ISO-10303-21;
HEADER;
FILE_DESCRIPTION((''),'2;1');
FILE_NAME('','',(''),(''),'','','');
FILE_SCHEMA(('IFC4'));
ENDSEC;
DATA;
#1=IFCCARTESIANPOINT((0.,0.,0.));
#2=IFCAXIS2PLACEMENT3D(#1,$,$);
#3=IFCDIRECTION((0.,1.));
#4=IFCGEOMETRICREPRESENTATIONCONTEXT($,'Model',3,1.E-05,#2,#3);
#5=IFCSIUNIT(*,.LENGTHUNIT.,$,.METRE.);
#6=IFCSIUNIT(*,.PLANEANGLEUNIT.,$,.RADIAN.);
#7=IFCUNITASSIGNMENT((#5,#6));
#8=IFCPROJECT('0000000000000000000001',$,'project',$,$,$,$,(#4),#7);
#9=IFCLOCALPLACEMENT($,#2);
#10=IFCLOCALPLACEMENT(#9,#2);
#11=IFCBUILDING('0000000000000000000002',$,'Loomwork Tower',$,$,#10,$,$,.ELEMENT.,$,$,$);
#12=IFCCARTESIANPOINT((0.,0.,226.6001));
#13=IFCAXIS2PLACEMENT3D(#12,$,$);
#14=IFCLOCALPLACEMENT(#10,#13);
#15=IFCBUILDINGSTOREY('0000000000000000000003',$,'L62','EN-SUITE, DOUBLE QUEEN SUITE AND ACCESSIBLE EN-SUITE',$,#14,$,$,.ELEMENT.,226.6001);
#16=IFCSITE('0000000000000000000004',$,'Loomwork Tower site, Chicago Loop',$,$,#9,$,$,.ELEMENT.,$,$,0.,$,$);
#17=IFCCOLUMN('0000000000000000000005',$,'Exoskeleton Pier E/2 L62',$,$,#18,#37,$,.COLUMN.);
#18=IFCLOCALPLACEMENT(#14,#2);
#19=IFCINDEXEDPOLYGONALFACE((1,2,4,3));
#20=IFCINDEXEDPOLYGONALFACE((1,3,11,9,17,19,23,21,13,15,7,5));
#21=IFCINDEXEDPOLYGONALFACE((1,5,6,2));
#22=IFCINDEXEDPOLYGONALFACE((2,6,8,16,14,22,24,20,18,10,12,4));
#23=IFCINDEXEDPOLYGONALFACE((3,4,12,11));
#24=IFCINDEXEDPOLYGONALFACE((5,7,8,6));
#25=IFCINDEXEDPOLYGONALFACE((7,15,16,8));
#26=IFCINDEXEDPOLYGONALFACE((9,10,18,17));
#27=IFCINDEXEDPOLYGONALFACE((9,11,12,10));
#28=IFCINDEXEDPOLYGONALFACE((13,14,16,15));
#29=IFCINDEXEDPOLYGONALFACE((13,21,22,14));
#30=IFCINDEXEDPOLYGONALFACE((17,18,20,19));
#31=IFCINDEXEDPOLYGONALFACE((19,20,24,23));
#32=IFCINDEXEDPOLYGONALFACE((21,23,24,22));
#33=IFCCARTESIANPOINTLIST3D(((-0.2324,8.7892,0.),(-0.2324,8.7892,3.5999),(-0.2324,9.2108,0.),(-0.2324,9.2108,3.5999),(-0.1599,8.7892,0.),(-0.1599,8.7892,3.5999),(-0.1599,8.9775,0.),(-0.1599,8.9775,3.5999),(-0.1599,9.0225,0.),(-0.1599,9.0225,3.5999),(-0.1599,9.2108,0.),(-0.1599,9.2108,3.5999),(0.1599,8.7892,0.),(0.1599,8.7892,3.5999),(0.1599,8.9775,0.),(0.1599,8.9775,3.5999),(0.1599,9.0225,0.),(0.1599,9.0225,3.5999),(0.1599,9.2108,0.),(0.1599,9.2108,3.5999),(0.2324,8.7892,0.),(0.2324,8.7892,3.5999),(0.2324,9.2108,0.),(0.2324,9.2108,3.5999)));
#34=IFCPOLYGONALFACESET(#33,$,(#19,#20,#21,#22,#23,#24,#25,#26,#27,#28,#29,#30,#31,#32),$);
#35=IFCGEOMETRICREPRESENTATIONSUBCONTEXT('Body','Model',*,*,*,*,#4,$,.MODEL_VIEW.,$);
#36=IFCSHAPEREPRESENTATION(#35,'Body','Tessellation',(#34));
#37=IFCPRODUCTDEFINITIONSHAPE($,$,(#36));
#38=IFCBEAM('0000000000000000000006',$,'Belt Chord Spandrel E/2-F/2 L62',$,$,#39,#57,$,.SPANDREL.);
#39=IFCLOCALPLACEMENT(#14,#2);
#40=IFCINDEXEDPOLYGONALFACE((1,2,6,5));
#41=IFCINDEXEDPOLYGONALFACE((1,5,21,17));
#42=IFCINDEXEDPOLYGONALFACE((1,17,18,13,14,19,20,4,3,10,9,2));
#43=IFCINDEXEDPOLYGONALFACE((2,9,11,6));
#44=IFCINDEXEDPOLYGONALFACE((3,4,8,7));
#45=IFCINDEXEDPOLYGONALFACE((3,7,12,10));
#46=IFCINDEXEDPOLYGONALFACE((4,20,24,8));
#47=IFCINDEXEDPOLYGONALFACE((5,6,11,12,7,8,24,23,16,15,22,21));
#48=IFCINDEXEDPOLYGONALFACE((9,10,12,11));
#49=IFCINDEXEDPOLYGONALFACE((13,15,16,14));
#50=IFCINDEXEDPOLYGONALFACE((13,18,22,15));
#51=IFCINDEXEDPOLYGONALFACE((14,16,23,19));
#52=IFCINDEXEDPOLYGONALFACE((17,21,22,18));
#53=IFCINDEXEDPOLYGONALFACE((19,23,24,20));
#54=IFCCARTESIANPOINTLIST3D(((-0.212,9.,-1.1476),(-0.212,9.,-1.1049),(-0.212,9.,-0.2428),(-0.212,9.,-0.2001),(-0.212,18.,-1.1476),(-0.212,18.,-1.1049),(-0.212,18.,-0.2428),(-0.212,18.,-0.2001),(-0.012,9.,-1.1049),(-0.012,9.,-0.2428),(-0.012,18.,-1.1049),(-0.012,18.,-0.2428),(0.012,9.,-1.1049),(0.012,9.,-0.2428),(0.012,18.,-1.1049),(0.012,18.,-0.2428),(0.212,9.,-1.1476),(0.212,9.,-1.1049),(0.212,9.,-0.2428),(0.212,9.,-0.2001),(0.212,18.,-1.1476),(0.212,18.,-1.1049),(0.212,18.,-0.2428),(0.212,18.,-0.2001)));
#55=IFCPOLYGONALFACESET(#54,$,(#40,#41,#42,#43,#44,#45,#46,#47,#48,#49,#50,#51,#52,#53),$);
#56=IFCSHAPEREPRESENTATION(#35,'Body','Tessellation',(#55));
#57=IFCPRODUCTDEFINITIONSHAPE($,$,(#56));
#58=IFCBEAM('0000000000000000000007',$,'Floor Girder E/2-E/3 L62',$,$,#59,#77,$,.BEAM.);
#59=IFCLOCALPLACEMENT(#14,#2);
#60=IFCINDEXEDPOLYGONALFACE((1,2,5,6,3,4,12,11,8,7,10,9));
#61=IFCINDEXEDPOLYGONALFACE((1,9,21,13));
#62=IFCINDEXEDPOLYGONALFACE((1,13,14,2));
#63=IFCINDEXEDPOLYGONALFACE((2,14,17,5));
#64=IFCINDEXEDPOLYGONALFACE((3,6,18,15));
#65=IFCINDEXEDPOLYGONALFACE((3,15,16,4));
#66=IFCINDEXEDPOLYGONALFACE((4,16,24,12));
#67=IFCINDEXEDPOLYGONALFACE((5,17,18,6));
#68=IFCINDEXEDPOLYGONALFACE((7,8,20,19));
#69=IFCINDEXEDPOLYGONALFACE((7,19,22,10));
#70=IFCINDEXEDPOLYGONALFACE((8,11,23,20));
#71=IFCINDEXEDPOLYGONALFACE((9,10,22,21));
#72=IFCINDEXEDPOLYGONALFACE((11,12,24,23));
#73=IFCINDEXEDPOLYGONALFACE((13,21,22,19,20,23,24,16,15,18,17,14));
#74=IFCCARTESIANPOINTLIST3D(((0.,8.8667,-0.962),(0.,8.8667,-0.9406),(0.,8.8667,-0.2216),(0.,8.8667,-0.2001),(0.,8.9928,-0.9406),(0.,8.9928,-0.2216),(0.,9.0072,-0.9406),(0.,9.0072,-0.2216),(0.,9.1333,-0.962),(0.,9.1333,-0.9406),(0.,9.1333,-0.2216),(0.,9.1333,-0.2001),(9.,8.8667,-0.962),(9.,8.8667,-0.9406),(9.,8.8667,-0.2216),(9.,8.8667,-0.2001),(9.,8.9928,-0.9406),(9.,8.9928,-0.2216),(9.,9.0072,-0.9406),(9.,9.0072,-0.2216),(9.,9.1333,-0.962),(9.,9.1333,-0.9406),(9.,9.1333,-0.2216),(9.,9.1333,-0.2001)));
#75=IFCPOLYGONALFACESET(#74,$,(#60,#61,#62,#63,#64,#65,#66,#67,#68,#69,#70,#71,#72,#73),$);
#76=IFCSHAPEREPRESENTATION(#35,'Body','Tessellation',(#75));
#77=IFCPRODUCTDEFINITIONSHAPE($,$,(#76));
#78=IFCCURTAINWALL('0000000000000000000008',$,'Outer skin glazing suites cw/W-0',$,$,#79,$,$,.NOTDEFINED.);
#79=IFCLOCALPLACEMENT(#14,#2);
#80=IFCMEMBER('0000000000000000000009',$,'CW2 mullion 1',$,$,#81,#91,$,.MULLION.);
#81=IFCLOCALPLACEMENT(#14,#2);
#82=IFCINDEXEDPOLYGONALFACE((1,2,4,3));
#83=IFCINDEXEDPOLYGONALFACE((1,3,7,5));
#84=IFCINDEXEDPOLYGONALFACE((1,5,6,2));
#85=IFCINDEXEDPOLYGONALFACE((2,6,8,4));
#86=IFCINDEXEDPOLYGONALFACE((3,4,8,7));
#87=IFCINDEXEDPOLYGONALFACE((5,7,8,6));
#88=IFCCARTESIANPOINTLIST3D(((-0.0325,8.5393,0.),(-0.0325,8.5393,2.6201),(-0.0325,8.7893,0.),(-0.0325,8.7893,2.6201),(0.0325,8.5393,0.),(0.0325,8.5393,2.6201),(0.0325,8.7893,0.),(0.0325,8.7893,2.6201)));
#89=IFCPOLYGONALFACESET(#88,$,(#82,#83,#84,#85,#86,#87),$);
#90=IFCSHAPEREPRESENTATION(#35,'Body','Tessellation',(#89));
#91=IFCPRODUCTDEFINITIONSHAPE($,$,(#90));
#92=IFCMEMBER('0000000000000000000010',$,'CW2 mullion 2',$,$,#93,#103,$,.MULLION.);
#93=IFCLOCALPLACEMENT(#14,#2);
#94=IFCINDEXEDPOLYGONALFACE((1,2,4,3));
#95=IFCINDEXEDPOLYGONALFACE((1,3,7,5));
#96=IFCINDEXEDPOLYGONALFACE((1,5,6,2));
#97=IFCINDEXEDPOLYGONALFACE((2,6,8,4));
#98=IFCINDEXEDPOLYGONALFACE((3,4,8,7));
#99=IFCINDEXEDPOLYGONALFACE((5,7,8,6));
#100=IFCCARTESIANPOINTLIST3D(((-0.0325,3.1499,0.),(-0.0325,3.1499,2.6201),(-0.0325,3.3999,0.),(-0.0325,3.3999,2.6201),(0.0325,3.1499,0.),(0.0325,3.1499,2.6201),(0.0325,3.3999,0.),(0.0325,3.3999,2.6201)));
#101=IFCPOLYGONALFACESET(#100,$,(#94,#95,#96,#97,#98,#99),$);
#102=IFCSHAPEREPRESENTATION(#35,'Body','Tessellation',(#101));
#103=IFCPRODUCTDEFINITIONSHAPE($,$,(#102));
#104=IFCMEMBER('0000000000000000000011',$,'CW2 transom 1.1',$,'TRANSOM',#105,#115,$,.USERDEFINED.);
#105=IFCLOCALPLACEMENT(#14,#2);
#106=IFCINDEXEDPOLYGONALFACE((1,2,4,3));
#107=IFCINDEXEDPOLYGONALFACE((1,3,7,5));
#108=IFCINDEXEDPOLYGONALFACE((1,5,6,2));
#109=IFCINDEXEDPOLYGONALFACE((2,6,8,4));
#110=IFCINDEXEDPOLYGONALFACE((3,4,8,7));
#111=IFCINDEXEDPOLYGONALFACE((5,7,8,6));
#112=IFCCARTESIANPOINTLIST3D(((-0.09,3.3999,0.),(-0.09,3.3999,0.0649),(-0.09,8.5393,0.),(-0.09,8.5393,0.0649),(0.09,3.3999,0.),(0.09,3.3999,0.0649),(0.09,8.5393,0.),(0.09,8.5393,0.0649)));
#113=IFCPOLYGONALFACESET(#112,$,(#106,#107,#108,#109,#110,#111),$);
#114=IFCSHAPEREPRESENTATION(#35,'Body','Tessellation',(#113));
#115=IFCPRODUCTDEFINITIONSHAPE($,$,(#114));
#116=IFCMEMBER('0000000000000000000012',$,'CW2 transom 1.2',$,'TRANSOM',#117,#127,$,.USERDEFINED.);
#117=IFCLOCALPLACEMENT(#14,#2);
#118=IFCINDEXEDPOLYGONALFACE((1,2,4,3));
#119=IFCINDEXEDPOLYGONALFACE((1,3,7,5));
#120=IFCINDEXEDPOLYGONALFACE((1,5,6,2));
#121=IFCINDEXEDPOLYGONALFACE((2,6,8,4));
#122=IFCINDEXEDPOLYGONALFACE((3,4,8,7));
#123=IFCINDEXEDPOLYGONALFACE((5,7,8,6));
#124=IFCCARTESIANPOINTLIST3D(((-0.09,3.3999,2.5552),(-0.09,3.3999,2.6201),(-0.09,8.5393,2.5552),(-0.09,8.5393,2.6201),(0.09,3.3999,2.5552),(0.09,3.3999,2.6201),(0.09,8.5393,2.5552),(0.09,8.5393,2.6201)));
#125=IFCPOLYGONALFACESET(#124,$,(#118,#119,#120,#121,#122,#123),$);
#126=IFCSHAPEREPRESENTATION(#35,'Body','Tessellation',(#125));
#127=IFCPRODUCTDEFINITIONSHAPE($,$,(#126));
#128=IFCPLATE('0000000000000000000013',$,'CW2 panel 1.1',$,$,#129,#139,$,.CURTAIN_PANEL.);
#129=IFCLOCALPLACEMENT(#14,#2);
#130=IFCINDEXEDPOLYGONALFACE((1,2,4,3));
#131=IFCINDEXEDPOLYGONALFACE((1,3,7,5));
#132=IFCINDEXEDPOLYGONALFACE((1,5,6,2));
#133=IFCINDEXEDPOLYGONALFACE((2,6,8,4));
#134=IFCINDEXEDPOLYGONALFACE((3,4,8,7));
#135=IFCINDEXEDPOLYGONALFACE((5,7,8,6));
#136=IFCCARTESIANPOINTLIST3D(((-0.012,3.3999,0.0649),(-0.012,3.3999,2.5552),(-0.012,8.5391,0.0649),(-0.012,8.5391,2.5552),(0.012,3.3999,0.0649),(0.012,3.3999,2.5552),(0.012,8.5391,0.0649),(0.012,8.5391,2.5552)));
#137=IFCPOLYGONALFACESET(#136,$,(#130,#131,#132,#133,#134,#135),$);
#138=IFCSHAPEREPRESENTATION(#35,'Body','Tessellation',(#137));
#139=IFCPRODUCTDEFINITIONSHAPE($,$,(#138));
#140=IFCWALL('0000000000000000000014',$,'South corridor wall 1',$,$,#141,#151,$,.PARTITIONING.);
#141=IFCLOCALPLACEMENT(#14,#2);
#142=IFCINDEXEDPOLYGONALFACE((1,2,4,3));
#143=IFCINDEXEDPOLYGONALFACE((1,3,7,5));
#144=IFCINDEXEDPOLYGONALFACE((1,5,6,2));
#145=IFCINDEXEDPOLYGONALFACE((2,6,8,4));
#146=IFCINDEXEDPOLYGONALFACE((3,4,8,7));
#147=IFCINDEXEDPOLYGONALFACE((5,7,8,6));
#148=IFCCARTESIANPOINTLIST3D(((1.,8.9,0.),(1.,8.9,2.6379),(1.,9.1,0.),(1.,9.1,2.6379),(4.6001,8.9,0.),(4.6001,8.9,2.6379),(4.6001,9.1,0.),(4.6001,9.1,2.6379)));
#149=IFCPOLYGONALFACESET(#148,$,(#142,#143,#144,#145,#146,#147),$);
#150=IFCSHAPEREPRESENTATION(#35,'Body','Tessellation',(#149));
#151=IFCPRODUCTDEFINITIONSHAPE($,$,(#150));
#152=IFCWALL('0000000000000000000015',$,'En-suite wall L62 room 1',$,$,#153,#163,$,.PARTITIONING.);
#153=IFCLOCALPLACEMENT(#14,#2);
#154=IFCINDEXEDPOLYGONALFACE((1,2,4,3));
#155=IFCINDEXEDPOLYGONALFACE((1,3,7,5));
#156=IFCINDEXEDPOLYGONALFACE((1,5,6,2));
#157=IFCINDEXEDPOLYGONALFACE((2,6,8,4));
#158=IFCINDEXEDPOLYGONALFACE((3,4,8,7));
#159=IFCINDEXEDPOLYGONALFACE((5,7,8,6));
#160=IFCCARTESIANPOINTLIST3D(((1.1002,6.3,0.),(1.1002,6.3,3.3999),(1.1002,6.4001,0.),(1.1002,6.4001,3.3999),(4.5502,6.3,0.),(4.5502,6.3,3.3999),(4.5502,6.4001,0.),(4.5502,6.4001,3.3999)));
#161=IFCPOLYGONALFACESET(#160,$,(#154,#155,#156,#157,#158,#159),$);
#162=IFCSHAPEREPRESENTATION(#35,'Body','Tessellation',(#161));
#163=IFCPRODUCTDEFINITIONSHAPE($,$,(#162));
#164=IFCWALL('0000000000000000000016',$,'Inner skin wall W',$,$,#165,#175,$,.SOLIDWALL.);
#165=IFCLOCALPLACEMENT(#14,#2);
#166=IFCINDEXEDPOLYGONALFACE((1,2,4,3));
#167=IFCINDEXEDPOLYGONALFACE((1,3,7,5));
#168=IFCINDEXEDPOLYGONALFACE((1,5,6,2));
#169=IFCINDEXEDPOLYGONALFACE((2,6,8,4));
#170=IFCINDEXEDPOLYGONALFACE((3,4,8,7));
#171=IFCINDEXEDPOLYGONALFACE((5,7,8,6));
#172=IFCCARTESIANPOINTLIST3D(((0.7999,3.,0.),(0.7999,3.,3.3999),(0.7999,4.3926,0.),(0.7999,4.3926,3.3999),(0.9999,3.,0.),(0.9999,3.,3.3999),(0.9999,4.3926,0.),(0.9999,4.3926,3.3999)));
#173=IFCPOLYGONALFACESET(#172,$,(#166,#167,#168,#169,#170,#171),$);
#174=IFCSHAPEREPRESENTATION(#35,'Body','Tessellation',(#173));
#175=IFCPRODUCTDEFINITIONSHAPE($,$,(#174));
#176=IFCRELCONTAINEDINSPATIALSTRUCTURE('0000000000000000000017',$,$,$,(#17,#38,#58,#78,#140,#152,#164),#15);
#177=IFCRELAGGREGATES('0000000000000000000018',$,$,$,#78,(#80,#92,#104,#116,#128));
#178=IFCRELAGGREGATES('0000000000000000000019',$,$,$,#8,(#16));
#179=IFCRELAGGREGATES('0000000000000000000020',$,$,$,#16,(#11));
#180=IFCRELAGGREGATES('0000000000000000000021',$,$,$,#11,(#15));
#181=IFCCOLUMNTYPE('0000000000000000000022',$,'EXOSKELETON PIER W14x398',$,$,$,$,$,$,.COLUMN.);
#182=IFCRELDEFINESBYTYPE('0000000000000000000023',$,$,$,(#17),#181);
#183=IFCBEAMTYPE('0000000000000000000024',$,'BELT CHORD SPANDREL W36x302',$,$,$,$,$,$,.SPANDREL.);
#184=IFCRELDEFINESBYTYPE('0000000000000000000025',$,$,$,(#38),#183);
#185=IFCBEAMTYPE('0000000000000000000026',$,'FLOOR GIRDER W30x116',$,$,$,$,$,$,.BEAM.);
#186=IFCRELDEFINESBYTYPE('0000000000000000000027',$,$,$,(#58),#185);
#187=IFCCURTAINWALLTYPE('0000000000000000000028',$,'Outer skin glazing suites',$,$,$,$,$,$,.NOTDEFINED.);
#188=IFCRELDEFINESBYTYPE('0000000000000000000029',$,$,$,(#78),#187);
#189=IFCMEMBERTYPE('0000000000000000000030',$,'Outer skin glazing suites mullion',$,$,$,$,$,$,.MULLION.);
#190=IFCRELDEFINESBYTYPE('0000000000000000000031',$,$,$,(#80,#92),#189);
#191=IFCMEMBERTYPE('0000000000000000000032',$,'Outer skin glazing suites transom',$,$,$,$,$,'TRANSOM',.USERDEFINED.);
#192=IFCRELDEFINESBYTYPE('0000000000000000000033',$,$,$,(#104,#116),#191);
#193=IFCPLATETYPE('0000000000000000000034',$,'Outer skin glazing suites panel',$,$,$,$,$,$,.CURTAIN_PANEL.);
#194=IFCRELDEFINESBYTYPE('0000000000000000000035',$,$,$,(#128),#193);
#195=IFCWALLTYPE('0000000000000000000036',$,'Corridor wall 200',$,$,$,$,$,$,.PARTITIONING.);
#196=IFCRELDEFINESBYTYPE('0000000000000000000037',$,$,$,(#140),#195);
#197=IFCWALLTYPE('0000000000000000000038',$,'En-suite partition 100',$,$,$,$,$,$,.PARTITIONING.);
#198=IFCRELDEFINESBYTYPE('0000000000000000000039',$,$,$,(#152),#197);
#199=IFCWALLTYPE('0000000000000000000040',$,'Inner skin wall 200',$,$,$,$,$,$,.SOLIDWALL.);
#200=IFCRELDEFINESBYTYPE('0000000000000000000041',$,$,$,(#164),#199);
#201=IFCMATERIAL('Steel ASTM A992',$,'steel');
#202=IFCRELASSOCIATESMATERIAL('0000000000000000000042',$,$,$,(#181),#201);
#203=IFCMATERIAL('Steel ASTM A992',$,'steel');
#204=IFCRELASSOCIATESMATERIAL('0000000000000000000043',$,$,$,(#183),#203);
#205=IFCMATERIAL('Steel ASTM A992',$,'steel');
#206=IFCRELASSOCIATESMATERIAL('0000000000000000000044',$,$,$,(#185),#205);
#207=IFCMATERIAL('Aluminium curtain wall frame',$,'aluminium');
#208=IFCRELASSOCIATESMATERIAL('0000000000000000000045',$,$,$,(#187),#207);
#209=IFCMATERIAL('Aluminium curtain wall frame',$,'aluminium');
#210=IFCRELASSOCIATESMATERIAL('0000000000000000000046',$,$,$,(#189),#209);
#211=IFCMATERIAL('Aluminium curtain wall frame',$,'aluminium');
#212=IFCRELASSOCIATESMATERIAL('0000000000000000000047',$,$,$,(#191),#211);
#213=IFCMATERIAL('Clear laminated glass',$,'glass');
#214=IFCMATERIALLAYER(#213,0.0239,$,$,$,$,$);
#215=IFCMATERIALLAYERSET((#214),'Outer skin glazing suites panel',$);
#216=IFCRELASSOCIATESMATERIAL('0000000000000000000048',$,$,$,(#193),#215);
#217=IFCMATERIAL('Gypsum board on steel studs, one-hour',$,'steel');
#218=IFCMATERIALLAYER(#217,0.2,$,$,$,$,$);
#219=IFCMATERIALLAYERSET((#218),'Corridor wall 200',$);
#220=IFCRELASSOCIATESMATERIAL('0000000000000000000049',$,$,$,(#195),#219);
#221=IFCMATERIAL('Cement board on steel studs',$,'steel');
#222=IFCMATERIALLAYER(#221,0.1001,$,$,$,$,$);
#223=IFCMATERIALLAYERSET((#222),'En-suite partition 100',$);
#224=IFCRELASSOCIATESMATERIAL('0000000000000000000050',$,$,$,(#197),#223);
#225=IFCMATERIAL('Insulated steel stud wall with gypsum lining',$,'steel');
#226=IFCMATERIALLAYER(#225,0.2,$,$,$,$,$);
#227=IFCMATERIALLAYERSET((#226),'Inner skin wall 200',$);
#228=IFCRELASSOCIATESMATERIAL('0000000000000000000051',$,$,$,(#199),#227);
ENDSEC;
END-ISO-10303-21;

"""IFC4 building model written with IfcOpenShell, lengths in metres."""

from ifc_helpers import new_model, si_unit, direction, frame, frame_2d, origin, origin_2d, place, context, subcontext, project, spatial, rectangle, i_section, extrude, material, layer, layer_set, material_profile, profile_set, type_object, element, aggregate, save


model = new_model("IFC4")

# Units and contexts
model_context = context("Model", 3, precision=1e-05, world=origin(), true_north=direction((0.0, 1.0)))
body_context = subcontext(model_context, "Body", "Model", "MODEL_VIEW")
ifc_project = project(units=[si_unit("LENGTHUNIT", "METRE"), si_unit("PLANEANGLEUNIT", "RADIAN")], contexts=[model_context])

# Site, building, storey
site_placement = place(None, origin())
site = spatial("IfcSite", under=ifc_project, at=site_placement, Name="Loomwork Tower site, Chicago Loop", CompositionType="ELEMENT", RefElevation=0.0)
building_placement = place(site_placement, origin())
building = spatial("IfcBuilding", under=site, at=building_placement, Name="Loomwork Tower", CompositionType="ELEMENT")
storey_placement = place(building_placement, frame((0.0, 0.0, 226.6001)))
storey = spatial("IfcBuildingStorey", under=building, at=storey_placement, Name="L62", Description="EN-SUITE, DOUBLE QUEEN SUITE AND ACCESSIBLE EN-SUITE", CompositionType="ELEMENT", Elevation=226.6001)

# Column
ifc_material_1 = material(Name="Steel ASTM A992", Category="steel")
ifc_material_profile_1 = material_profile(ifc_material_1, i_section(OverallWidth=0.4216, OverallDepth=0.4648, WebThickness=0.0449, FlangeThickness=0.0725, at=origin_2d()), Name="W14x398")
ifc_profile_set_1 = profile_set([ifc_material_profile_1], Name="Steel ASTM A992")
column_type = type_object("IfcColumnType", Name="EXOSKELETON PIER W14x398", PredefinedType="COLUMN", material=ifc_profile_set_1)
column_placement = place(storey_placement, frame((0.0, 9.0, 0.0), z_axis=(0.0, 0.0, 1.0), x_axis=(0.0, 1.0, 0.0)))
element("IfcColumn", 1, at=column_placement, inside=storey, type_object=column_type, Name="Exoskeleton Pier E/2 L62", PredefinedType="COLUMN", context=body_context, shape_type="SweptSolid", body=[
    extrude(i_section(OverallWidth=0.4216, OverallDepth=0.4648, WebThickness=0.0449, FlangeThickness=0.0725, at=origin_2d()), origin(), (0.0, 0.0, 1.0), 3.5999),
])

# Beams
ifc_material_2 = material(Name="Steel ASTM A992", Category="steel")
ifc_material_profile_2 = material_profile(ifc_material_2, i_section(OverallWidth=0.4241, OverallDepth=0.9475, WebThickness=0.0239, FlangeThickness=0.0427, at=origin_2d()), Name="W36x302")
ifc_profile_set_2 = profile_set([ifc_material_profile_2], Name="Steel ASTM A992")
beam_type_1 = type_object("IfcBeamType", Name="BELT CHORD SPANDREL W36x302", PredefinedType="SPANDREL", material=ifc_profile_set_2)
beam_1_placement = place(storey_placement, frame((0.0, 9.0, -0.6738), z_axis=(0.0, 1.0, 0.0), x_axis=(-1.0, 0.0, 0.0)))
element("IfcBeam", 2, at=beam_1_placement, inside=storey, type_object=beam_type_1, Name="Belt Chord Spandrel E/2-F/2 L62", PredefinedType="SPANDREL", context=body_context, shape_type="SweptSolid", body=[
    extrude(i_section(OverallWidth=0.4241, OverallDepth=0.9475, WebThickness=0.0239, FlangeThickness=0.0427, at=origin_2d()), origin(), (0.0, 0.0, 1.0), 9.0),
])
ifc_material_3 = material(Name="Steel ASTM A992", Category="steel")
ifc_material_profile_3 = material_profile(ifc_material_3, i_section(OverallWidth=0.2666, OverallDepth=0.762, WebThickness=0.0144, FlangeThickness=0.0215, at=origin_2d()), Name="W30x116")
ifc_profile_set_3 = profile_set([ifc_material_profile_3], Name="Steel ASTM A992")
beam_type_2 = type_object("IfcBeamType", Name="FLOOR GIRDER W30x116", PredefinedType="BEAM", material=ifc_profile_set_3)
beam_2_placement = place(storey_placement, frame((0.0, 9.0, -0.5811), z_axis=(1.0, 0.0, 0.0), x_axis=(0.0, 1.0, 0.0)))
element("IfcBeam", 3, at=beam_2_placement, inside=storey, type_object=beam_type_2, Name="Floor Girder E/2-E/3 L62", PredefinedType="BEAM", context=body_context, shape_type="SweptSolid", body=[
    extrude(i_section(OverallWidth=0.2666, OverallDepth=0.762, WebThickness=0.0144, FlangeThickness=0.0215, at=origin_2d()), origin(), (0.0, 0.0, 1.0), 9.0),
])

# Curtain wall, members, plate
ifc_material_4 = material(Name="Aluminium curtain wall frame", Category="aluminium")
curtain_wall_type = type_object("IfcCurtainWallType", Name="Outer skin glazing suites", PredefinedType="NOTDEFINED", material=ifc_material_4)
curtain_wall_placement = place(storey_placement, origin())
curtain_wall = element("IfcCurtainWall", 4, at=curtain_wall_placement, inside=storey, type_object=curtain_wall_type, Name="Outer skin glazing suites cw/W-0", PredefinedType="NOTDEFINED")
ifc_material_5 = material(Name="Aluminium curtain wall frame", Category="aluminium")
ifc_material_profile_4 = material_profile(ifc_material_5, rectangle(XDim=0.0649, YDim=0.25, at=origin_2d()), Name="AL 65x250")
ifc_profile_set_4 = profile_set([ifc_material_profile_4], Name="Aluminium curtain wall frame")
member_type_1 = type_object("IfcMemberType", Name="Outer skin glazing suites mullion", PredefinedType="MULLION", material=ifc_profile_set_4)
member_1_placement = place(storey_placement, frame((0.0, 8.6643, 0.0), z_axis=(0.0, 0.0, 1.0), x_axis=(1.0, 0.0, 0.0)))
member_1 = element("IfcMember", 5, at=member_1_placement, type_object=member_type_1, Name="CW2 mullion 1", PredefinedType="MULLION", context=body_context, shape_type="SweptSolid", body=[
    extrude(rectangle(XDim=0.0649, YDim=0.25, at=origin_2d()), origin(), (0.0, 0.0, 1.0), 2.6201),
])
member_2_placement = place(storey_placement, frame((0.0, 3.2749, 0.0), z_axis=(0.0, 0.0, 1.0), x_axis=(1.0, 0.0, 0.0)))
member_2 = element("IfcMember", 6, at=member_2_placement, type_object=member_type_1, Name="CW2 mullion 2", PredefinedType="MULLION", context=body_context, shape_type="SweptSolid", body=[
    extrude(rectangle(XDim=0.0649, YDim=0.25, at=origin_2d()), origin(), (0.0, 0.0, 1.0), 2.6201),
])
ifc_material_6 = material(Name="Aluminium curtain wall frame", Category="aluminium")
ifc_material_profile_5 = material_profile(ifc_material_6, rectangle(XDim=0.1799, YDim=0.0649, at=origin_2d()), Name="AL 65x180")
ifc_profile_set_5 = profile_set([ifc_material_profile_5], Name="Aluminium curtain wall frame")
member_type_2 = type_object("IfcMemberType", Name="Outer skin glazing suites transom", ElementType="TRANSOM", PredefinedType="USERDEFINED", material=ifc_profile_set_5)
member_3_placement = place(storey_placement, frame((0.0, 8.5393, 0.0325), z_axis=(0.0, -1.0, 0.0), x_axis=(1.0, 0.0, 0.0)))
member_3 = element("IfcMember", 7, at=member_3_placement, type_object=member_type_2, Name="CW2 transom 1.1", ObjectType="TRANSOM", PredefinedType="USERDEFINED", context=body_context, shape_type="SweptSolid", body=[
    extrude(rectangle(XDim=0.1799, YDim=0.0649, at=origin_2d()), origin(), (0.0, 0.0, 1.0), 5.1394),
])
member_4_placement = place(storey_placement, frame((0.0, 8.5393, 2.5876), z_axis=(0.0, -1.0, 0.0), x_axis=(1.0, 0.0, 0.0)))
member_4 = element("IfcMember", 8, at=member_4_placement, type_object=member_type_2, Name="CW2 transom 1.2", ObjectType="TRANSOM", PredefinedType="USERDEFINED", context=body_context, shape_type="SweptSolid", body=[
    extrude(rectangle(XDim=0.1799, YDim=0.0649, at=origin_2d()), origin(), (0.0, 0.0, 1.0), 5.1394),
])
ifc_material_7 = material(Name="Clear laminated glass", Category="glass")
ifc_layer_1 = layer(ifc_material_7, 0.0239)
ifc_layer_set_1 = layer_set([ifc_layer_1], Name="Outer skin glazing suites panel")
plate_type = type_object("IfcPlateType", Name="Outer skin glazing suites panel", PredefinedType="CURTAIN_PANEL", material=ifc_layer_set_1)
plate_placement = place(storey_placement, frame((0.0, 5.9695, 0.0649), z_axis=(0.0, 0.0, 1.0), x_axis=(0.0, -1.0, 0.0)))
plate = element("IfcPlate", 9, at=plate_placement, type_object=plate_type, Name="CW2 panel 1.1", PredefinedType="CURTAIN_PANEL", context=body_context, shape_type="SweptSolid", body=[
    extrude(rectangle(XDim=5.1392, YDim=0.0239, at=origin_2d()), origin(), (0.0, 0.0, 1.0), 2.4902),
])
aggregate(curtain_wall, [member_1, member_2, member_3, member_4, plate])

# Walls
ifc_material_8 = material(Name="Gypsum board on steel studs, one-hour", Category="steel")
ifc_layer_2 = layer(ifc_material_8, 0.2)
ifc_layer_set_2 = layer_set([ifc_layer_2], Name="Corridor wall 200")
wall_type_1 = type_object("IfcWallType", Name="Corridor wall 200", PredefinedType="PARTITIONING", material=ifc_layer_set_2)
wall_1_placement = place(storey_placement, frame((1.0, 9.0, 0.0), z_axis=(0.0, 0.0, 1.0), x_axis=(1.0, 0.0, 0.0)))
element("IfcWall", 10, at=wall_1_placement, inside=storey, type_object=wall_type_1, Name="South corridor wall 1", PredefinedType="PARTITIONING", context=body_context, shape_type="SweptSolid", body=[
    extrude(rectangle(XDim=3.6001, YDim=0.2, at=frame_2d((1.8, 0.0))), origin(), (0.0, 0.0, 1.0), 2.6379),
])
ifc_material_9 = material(Name="Cement board on steel studs", Category="steel")
ifc_layer_3 = layer(ifc_material_9, 0.1001)
ifc_layer_set_3 = layer_set([ifc_layer_3], Name="En-suite partition 100")
wall_type_2 = type_object("IfcWallType", Name="En-suite partition 100", PredefinedType="PARTITIONING", material=ifc_layer_set_3)
wall_2_placement = place(storey_placement, frame((1.1001, 6.3501, 0.0), z_axis=(0.0, 0.0, 1.0), x_axis=(1.0, 0.0, 0.0)))
element("IfcWall", 11, at=wall_2_placement, inside=storey, type_object=wall_type_2, Name="En-suite wall L62 room 1", PredefinedType="PARTITIONING", context=body_context, shape_type="SweptSolid", body=[
    extrude(rectangle(XDim=3.45, YDim=0.1001, at=frame_2d((1.7251, 0.0))), origin(), (0.0, 0.0, 1.0), 3.3999),
])
ifc_material_10 = material(Name="Insulated steel stud wall with gypsum lining", Category="steel")
ifc_layer_4 = layer(ifc_material_10, 0.2)
ifc_layer_set_4 = layer_set([ifc_layer_4], Name="Inner skin wall 200")
wall_type_3 = type_object("IfcWallType", Name="Inner skin wall 200", PredefinedType="SOLIDWALL", material=ifc_layer_set_4)
wall_3_placement = place(storey_placement, frame((0.8999, 3.0, 0.0), z_axis=(0.0, 0.0, 1.0), x_axis=(0.0, 1.0, 0.0)))
element("IfcWall", 12, at=wall_3_placement, inside=storey, type_object=wall_type_3, Name="Inner skin wall W", PredefinedType="SOLIDWALL", context=body_context, shape_type="SweptSolid", body=[
    extrude(rectangle(XDim=1.3926, YDim=0.2, at=frame_2d((0.6963, 0.0))), origin(), (0.0, 0.0, 1.0), 3.3999),
])

save(model, "model.ifc")
